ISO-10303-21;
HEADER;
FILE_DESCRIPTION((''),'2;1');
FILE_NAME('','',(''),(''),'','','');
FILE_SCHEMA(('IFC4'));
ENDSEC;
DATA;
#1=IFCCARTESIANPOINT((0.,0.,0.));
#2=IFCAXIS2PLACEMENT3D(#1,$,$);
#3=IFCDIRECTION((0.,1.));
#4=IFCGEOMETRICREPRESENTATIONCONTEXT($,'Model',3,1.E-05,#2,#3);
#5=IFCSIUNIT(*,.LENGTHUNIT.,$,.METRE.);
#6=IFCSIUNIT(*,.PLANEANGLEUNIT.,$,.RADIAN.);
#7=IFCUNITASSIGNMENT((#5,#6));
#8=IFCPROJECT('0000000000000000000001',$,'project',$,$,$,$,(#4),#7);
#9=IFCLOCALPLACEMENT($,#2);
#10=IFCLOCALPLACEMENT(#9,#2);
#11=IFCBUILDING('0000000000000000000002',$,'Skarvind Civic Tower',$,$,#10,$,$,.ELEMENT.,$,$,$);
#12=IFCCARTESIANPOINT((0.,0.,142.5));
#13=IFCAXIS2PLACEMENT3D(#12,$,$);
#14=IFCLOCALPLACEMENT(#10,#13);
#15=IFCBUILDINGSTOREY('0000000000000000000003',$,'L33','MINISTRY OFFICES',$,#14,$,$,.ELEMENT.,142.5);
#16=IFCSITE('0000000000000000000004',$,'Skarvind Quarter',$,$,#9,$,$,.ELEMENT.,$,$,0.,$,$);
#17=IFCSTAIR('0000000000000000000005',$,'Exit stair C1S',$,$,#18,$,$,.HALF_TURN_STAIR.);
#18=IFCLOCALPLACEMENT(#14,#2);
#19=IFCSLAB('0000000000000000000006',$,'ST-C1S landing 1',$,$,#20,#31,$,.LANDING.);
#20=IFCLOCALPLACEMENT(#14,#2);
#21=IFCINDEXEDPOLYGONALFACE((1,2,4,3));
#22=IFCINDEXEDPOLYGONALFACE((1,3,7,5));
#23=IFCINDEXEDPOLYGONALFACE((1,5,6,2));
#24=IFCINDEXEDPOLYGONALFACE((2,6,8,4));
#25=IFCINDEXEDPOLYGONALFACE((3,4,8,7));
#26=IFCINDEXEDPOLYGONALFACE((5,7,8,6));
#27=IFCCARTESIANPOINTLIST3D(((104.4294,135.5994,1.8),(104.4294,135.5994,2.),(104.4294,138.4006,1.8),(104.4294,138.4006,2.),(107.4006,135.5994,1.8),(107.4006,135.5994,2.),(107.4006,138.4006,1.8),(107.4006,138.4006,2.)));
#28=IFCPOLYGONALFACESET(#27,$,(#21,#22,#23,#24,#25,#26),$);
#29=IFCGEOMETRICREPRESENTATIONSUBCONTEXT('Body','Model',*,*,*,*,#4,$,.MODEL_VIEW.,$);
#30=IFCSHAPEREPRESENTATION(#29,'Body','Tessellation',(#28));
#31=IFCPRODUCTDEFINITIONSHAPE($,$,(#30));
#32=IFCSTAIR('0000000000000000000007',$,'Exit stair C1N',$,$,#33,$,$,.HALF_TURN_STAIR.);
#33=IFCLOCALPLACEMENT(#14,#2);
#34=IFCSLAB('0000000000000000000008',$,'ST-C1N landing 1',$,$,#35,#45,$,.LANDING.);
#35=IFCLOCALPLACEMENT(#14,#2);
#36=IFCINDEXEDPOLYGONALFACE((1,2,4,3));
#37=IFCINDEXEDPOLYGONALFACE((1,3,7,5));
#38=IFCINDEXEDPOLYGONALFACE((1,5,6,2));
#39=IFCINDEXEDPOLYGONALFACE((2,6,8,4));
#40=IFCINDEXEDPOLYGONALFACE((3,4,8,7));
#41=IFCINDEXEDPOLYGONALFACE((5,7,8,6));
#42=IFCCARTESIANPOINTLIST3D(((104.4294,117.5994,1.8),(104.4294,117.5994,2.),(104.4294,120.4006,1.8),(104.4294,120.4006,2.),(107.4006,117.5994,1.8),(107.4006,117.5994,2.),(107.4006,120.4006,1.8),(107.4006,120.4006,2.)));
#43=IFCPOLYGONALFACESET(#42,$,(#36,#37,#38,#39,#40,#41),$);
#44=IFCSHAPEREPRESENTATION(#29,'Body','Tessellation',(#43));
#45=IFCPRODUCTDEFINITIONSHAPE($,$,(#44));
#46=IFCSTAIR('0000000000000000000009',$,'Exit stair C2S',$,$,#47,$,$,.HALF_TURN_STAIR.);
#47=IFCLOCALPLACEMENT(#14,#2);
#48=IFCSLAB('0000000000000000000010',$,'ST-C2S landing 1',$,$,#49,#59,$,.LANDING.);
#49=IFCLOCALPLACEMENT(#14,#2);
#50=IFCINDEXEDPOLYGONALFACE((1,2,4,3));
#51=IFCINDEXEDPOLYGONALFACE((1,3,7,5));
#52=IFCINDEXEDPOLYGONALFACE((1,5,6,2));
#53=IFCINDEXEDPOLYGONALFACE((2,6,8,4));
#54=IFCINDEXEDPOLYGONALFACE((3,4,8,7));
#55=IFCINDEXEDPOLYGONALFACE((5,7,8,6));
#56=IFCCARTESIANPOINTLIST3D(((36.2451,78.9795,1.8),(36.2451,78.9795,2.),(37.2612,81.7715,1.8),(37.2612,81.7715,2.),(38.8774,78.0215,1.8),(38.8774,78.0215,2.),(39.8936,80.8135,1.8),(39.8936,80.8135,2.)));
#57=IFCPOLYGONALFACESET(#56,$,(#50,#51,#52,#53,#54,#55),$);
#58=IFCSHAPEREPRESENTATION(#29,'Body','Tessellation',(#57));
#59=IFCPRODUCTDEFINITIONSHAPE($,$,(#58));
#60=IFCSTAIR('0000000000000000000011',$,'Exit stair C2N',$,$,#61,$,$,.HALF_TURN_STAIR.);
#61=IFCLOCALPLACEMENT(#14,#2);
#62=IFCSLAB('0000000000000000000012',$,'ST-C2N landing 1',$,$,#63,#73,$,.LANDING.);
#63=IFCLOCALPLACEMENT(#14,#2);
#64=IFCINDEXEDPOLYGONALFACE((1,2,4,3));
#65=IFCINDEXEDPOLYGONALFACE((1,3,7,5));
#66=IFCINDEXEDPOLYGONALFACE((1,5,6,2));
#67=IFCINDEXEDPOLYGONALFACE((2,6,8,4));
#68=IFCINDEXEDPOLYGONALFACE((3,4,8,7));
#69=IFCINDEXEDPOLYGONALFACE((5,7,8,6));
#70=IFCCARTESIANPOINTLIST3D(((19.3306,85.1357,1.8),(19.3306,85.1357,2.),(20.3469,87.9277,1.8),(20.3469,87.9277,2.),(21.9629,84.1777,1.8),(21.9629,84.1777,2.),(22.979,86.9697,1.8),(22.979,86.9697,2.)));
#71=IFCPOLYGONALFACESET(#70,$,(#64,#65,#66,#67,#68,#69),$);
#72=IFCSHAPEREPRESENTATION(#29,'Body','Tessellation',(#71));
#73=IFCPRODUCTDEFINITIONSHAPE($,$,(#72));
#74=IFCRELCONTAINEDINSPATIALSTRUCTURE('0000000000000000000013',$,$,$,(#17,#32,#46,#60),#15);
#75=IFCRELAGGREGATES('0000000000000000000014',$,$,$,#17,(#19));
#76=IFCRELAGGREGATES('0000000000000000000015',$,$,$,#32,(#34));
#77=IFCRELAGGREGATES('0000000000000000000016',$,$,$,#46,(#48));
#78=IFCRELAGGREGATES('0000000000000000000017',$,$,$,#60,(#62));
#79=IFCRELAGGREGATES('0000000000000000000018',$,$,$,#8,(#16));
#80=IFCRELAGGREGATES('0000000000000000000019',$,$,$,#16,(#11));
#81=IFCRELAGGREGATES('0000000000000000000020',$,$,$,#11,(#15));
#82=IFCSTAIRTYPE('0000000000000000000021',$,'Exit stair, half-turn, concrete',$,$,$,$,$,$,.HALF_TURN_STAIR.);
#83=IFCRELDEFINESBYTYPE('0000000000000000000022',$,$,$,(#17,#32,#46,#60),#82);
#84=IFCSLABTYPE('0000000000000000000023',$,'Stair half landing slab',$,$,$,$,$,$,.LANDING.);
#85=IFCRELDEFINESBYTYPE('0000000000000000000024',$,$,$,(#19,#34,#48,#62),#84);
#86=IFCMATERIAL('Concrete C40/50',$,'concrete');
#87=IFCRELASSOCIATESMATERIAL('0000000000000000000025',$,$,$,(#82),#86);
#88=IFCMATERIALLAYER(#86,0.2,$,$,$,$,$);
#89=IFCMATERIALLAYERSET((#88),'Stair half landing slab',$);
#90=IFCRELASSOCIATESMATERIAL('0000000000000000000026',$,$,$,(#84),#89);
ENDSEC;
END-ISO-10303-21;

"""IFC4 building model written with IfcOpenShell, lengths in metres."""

from ifc_helpers import new_model, si_unit, direction, frame, origin, place, context, subcontext, project, spatial, polyline, outline, extrude, material, layer, layer_set, type_object, element, aggregate, save


model = new_model("IFC4")

# Units and contexts
model_context = context("Model", 3, precision=1e-05, world=origin(), true_north=direction((0.0, 1.0)))
body_context = subcontext(model_context, "Body", "Model", "MODEL_VIEW")
ifc_project = project(units=[si_unit("LENGTHUNIT", "METRE"), si_unit("PLANEANGLEUNIT", "RADIAN")], contexts=[model_context])

# Site, building, storey
site_placement = place(None, origin())
site = spatial("IfcSite", under=ifc_project, at=site_placement, Name="Skarvind Quarter", CompositionType="ELEMENT", RefElevation=0.0)
building_placement = place(site_placement, origin())
building = spatial("IfcBuilding", under=site, at=building_placement, Name="Skarvind Civic Tower", CompositionType="ELEMENT")
storey_placement = place(building_placement, frame((0.0, 0.0, 142.5)))
storey = spatial("IfcBuildingStorey", under=building, at=storey_placement, Name="L33", Description="MINISTRY OFFICES", CompositionType="ELEMENT", Elevation=142.5)

# Shared definitions
ifc_material_1 = material(Name="Concrete C40/50", Category="concrete")

# Stairs, slabs
stair_type = type_object("IfcStairType", Name="Exit stair, half-turn, concrete", PredefinedType="HALF_TURN_STAIR", material=ifc_material_1)
stair_1_placement = place(storey_placement, origin())
stair_1 = element("IfcStair", 1, at=stair_1_placement, inside=storey, type_object=stair_type, Name="Exit stair C1S", PredefinedType="HALF_TURN_STAIR")
ifc_layer_1 = layer(ifc_material_1, 0.2)
ifc_layer_set_1 = layer_set([ifc_layer_1], Name="Stair half landing slab")
slab_type_1 = type_object("IfcSlabType", Name="Stair half landing slab", PredefinedType="LANDING", material=ifc_layer_set_1)
slab_1_placement = place(storey_placement, frame((0.0, 0.0, 1.8)))
slab_1 = element("IfcSlab", 2, at=slab_1_placement, type_object=slab_type_1, Name="ST-C1S landing 1", PredefinedType="LANDING", context=body_context, shape_type="SweptSolid", body=[
    extrude(outline(polyline([(104.4294, 135.5994), (104.4294, 138.4006), (107.4006, 138.4006), (107.4006, 135.5994), (104.4294, 135.5994)])), origin(), (0.0, 0.0, 1.0), 0.2),
])
aggregate(stair_1, [slab_1])
stair_2_placement = place(storey_placement, origin())
stair_2 = element("IfcStair", 3, at=stair_2_placement, inside=storey, type_object=stair_type, Name="Exit stair C1N", PredefinedType="HALF_TURN_STAIR")
slab_2_placement = place(storey_placement, frame((0.0, 0.0, 1.8)))
slab_2 = element("IfcSlab", 4, at=slab_2_placement, type_object=slab_type_1, Name="ST-C1N landing 1", PredefinedType="LANDING", context=body_context, shape_type="SweptSolid", body=[
    extrude(outline(polyline([(104.4294, 117.5994), (104.4294, 120.4006), (107.4006, 120.4006), (107.4006, 117.5994), (104.4294, 117.5994)])), origin(), (0.0, 0.0, 1.0), 0.2),
])
aggregate(stair_2, [slab_2])
stair_3_placement = place(storey_placement, origin())
stair_3 = element("IfcStair", 5, at=stair_3_placement, inside=storey, type_object=stair_type, Name="Exit stair C2S", PredefinedType="HALF_TURN_STAIR")
slab_3_placement = place(storey_placement, frame((0.0, 0.0, 1.8)))
slab_3 = element("IfcSlab", 6, at=slab_3_placement, type_object=slab_type_1, Name="ST-C2S landing 1", PredefinedType="LANDING", context=body_context, shape_type="SweptSolid", body=[
    extrude(outline(polyline([(37.2612, 81.7715), (39.8936, 80.8135), (38.8774, 78.0215), (36.2451, 78.9795), (37.2612, 81.7715)])), origin(), (0.0, 0.0, 1.0), 0.2),
])
aggregate(stair_3, [slab_3])
stair_4_placement = place(storey_placement, origin())
stair_4 = element("IfcStair", 7, at=stair_4_placement, inside=storey, type_object=stair_type, Name="Exit stair C2N", PredefinedType="HALF_TURN_STAIR")
slab_4_placement = place(storey_placement, frame((0.0, 0.0, 1.8)))
slab_4 = element("IfcSlab", 8, at=slab_4_placement, type_object=slab_type_1, Name="ST-C2N landing 1", PredefinedType="LANDING", context=body_context, shape_type="SweptSolid", body=[
    extrude(outline(polyline([(20.3469, 87.9277), (22.979, 86.9697), (21.9629, 84.1777), (19.3306, 85.1357), (20.3469, 87.9277)])), origin(), (0.0, 0.0, 1.0), 0.2),
])
aggregate(stair_4, [slab_4])

save(model, "model.ifc")
